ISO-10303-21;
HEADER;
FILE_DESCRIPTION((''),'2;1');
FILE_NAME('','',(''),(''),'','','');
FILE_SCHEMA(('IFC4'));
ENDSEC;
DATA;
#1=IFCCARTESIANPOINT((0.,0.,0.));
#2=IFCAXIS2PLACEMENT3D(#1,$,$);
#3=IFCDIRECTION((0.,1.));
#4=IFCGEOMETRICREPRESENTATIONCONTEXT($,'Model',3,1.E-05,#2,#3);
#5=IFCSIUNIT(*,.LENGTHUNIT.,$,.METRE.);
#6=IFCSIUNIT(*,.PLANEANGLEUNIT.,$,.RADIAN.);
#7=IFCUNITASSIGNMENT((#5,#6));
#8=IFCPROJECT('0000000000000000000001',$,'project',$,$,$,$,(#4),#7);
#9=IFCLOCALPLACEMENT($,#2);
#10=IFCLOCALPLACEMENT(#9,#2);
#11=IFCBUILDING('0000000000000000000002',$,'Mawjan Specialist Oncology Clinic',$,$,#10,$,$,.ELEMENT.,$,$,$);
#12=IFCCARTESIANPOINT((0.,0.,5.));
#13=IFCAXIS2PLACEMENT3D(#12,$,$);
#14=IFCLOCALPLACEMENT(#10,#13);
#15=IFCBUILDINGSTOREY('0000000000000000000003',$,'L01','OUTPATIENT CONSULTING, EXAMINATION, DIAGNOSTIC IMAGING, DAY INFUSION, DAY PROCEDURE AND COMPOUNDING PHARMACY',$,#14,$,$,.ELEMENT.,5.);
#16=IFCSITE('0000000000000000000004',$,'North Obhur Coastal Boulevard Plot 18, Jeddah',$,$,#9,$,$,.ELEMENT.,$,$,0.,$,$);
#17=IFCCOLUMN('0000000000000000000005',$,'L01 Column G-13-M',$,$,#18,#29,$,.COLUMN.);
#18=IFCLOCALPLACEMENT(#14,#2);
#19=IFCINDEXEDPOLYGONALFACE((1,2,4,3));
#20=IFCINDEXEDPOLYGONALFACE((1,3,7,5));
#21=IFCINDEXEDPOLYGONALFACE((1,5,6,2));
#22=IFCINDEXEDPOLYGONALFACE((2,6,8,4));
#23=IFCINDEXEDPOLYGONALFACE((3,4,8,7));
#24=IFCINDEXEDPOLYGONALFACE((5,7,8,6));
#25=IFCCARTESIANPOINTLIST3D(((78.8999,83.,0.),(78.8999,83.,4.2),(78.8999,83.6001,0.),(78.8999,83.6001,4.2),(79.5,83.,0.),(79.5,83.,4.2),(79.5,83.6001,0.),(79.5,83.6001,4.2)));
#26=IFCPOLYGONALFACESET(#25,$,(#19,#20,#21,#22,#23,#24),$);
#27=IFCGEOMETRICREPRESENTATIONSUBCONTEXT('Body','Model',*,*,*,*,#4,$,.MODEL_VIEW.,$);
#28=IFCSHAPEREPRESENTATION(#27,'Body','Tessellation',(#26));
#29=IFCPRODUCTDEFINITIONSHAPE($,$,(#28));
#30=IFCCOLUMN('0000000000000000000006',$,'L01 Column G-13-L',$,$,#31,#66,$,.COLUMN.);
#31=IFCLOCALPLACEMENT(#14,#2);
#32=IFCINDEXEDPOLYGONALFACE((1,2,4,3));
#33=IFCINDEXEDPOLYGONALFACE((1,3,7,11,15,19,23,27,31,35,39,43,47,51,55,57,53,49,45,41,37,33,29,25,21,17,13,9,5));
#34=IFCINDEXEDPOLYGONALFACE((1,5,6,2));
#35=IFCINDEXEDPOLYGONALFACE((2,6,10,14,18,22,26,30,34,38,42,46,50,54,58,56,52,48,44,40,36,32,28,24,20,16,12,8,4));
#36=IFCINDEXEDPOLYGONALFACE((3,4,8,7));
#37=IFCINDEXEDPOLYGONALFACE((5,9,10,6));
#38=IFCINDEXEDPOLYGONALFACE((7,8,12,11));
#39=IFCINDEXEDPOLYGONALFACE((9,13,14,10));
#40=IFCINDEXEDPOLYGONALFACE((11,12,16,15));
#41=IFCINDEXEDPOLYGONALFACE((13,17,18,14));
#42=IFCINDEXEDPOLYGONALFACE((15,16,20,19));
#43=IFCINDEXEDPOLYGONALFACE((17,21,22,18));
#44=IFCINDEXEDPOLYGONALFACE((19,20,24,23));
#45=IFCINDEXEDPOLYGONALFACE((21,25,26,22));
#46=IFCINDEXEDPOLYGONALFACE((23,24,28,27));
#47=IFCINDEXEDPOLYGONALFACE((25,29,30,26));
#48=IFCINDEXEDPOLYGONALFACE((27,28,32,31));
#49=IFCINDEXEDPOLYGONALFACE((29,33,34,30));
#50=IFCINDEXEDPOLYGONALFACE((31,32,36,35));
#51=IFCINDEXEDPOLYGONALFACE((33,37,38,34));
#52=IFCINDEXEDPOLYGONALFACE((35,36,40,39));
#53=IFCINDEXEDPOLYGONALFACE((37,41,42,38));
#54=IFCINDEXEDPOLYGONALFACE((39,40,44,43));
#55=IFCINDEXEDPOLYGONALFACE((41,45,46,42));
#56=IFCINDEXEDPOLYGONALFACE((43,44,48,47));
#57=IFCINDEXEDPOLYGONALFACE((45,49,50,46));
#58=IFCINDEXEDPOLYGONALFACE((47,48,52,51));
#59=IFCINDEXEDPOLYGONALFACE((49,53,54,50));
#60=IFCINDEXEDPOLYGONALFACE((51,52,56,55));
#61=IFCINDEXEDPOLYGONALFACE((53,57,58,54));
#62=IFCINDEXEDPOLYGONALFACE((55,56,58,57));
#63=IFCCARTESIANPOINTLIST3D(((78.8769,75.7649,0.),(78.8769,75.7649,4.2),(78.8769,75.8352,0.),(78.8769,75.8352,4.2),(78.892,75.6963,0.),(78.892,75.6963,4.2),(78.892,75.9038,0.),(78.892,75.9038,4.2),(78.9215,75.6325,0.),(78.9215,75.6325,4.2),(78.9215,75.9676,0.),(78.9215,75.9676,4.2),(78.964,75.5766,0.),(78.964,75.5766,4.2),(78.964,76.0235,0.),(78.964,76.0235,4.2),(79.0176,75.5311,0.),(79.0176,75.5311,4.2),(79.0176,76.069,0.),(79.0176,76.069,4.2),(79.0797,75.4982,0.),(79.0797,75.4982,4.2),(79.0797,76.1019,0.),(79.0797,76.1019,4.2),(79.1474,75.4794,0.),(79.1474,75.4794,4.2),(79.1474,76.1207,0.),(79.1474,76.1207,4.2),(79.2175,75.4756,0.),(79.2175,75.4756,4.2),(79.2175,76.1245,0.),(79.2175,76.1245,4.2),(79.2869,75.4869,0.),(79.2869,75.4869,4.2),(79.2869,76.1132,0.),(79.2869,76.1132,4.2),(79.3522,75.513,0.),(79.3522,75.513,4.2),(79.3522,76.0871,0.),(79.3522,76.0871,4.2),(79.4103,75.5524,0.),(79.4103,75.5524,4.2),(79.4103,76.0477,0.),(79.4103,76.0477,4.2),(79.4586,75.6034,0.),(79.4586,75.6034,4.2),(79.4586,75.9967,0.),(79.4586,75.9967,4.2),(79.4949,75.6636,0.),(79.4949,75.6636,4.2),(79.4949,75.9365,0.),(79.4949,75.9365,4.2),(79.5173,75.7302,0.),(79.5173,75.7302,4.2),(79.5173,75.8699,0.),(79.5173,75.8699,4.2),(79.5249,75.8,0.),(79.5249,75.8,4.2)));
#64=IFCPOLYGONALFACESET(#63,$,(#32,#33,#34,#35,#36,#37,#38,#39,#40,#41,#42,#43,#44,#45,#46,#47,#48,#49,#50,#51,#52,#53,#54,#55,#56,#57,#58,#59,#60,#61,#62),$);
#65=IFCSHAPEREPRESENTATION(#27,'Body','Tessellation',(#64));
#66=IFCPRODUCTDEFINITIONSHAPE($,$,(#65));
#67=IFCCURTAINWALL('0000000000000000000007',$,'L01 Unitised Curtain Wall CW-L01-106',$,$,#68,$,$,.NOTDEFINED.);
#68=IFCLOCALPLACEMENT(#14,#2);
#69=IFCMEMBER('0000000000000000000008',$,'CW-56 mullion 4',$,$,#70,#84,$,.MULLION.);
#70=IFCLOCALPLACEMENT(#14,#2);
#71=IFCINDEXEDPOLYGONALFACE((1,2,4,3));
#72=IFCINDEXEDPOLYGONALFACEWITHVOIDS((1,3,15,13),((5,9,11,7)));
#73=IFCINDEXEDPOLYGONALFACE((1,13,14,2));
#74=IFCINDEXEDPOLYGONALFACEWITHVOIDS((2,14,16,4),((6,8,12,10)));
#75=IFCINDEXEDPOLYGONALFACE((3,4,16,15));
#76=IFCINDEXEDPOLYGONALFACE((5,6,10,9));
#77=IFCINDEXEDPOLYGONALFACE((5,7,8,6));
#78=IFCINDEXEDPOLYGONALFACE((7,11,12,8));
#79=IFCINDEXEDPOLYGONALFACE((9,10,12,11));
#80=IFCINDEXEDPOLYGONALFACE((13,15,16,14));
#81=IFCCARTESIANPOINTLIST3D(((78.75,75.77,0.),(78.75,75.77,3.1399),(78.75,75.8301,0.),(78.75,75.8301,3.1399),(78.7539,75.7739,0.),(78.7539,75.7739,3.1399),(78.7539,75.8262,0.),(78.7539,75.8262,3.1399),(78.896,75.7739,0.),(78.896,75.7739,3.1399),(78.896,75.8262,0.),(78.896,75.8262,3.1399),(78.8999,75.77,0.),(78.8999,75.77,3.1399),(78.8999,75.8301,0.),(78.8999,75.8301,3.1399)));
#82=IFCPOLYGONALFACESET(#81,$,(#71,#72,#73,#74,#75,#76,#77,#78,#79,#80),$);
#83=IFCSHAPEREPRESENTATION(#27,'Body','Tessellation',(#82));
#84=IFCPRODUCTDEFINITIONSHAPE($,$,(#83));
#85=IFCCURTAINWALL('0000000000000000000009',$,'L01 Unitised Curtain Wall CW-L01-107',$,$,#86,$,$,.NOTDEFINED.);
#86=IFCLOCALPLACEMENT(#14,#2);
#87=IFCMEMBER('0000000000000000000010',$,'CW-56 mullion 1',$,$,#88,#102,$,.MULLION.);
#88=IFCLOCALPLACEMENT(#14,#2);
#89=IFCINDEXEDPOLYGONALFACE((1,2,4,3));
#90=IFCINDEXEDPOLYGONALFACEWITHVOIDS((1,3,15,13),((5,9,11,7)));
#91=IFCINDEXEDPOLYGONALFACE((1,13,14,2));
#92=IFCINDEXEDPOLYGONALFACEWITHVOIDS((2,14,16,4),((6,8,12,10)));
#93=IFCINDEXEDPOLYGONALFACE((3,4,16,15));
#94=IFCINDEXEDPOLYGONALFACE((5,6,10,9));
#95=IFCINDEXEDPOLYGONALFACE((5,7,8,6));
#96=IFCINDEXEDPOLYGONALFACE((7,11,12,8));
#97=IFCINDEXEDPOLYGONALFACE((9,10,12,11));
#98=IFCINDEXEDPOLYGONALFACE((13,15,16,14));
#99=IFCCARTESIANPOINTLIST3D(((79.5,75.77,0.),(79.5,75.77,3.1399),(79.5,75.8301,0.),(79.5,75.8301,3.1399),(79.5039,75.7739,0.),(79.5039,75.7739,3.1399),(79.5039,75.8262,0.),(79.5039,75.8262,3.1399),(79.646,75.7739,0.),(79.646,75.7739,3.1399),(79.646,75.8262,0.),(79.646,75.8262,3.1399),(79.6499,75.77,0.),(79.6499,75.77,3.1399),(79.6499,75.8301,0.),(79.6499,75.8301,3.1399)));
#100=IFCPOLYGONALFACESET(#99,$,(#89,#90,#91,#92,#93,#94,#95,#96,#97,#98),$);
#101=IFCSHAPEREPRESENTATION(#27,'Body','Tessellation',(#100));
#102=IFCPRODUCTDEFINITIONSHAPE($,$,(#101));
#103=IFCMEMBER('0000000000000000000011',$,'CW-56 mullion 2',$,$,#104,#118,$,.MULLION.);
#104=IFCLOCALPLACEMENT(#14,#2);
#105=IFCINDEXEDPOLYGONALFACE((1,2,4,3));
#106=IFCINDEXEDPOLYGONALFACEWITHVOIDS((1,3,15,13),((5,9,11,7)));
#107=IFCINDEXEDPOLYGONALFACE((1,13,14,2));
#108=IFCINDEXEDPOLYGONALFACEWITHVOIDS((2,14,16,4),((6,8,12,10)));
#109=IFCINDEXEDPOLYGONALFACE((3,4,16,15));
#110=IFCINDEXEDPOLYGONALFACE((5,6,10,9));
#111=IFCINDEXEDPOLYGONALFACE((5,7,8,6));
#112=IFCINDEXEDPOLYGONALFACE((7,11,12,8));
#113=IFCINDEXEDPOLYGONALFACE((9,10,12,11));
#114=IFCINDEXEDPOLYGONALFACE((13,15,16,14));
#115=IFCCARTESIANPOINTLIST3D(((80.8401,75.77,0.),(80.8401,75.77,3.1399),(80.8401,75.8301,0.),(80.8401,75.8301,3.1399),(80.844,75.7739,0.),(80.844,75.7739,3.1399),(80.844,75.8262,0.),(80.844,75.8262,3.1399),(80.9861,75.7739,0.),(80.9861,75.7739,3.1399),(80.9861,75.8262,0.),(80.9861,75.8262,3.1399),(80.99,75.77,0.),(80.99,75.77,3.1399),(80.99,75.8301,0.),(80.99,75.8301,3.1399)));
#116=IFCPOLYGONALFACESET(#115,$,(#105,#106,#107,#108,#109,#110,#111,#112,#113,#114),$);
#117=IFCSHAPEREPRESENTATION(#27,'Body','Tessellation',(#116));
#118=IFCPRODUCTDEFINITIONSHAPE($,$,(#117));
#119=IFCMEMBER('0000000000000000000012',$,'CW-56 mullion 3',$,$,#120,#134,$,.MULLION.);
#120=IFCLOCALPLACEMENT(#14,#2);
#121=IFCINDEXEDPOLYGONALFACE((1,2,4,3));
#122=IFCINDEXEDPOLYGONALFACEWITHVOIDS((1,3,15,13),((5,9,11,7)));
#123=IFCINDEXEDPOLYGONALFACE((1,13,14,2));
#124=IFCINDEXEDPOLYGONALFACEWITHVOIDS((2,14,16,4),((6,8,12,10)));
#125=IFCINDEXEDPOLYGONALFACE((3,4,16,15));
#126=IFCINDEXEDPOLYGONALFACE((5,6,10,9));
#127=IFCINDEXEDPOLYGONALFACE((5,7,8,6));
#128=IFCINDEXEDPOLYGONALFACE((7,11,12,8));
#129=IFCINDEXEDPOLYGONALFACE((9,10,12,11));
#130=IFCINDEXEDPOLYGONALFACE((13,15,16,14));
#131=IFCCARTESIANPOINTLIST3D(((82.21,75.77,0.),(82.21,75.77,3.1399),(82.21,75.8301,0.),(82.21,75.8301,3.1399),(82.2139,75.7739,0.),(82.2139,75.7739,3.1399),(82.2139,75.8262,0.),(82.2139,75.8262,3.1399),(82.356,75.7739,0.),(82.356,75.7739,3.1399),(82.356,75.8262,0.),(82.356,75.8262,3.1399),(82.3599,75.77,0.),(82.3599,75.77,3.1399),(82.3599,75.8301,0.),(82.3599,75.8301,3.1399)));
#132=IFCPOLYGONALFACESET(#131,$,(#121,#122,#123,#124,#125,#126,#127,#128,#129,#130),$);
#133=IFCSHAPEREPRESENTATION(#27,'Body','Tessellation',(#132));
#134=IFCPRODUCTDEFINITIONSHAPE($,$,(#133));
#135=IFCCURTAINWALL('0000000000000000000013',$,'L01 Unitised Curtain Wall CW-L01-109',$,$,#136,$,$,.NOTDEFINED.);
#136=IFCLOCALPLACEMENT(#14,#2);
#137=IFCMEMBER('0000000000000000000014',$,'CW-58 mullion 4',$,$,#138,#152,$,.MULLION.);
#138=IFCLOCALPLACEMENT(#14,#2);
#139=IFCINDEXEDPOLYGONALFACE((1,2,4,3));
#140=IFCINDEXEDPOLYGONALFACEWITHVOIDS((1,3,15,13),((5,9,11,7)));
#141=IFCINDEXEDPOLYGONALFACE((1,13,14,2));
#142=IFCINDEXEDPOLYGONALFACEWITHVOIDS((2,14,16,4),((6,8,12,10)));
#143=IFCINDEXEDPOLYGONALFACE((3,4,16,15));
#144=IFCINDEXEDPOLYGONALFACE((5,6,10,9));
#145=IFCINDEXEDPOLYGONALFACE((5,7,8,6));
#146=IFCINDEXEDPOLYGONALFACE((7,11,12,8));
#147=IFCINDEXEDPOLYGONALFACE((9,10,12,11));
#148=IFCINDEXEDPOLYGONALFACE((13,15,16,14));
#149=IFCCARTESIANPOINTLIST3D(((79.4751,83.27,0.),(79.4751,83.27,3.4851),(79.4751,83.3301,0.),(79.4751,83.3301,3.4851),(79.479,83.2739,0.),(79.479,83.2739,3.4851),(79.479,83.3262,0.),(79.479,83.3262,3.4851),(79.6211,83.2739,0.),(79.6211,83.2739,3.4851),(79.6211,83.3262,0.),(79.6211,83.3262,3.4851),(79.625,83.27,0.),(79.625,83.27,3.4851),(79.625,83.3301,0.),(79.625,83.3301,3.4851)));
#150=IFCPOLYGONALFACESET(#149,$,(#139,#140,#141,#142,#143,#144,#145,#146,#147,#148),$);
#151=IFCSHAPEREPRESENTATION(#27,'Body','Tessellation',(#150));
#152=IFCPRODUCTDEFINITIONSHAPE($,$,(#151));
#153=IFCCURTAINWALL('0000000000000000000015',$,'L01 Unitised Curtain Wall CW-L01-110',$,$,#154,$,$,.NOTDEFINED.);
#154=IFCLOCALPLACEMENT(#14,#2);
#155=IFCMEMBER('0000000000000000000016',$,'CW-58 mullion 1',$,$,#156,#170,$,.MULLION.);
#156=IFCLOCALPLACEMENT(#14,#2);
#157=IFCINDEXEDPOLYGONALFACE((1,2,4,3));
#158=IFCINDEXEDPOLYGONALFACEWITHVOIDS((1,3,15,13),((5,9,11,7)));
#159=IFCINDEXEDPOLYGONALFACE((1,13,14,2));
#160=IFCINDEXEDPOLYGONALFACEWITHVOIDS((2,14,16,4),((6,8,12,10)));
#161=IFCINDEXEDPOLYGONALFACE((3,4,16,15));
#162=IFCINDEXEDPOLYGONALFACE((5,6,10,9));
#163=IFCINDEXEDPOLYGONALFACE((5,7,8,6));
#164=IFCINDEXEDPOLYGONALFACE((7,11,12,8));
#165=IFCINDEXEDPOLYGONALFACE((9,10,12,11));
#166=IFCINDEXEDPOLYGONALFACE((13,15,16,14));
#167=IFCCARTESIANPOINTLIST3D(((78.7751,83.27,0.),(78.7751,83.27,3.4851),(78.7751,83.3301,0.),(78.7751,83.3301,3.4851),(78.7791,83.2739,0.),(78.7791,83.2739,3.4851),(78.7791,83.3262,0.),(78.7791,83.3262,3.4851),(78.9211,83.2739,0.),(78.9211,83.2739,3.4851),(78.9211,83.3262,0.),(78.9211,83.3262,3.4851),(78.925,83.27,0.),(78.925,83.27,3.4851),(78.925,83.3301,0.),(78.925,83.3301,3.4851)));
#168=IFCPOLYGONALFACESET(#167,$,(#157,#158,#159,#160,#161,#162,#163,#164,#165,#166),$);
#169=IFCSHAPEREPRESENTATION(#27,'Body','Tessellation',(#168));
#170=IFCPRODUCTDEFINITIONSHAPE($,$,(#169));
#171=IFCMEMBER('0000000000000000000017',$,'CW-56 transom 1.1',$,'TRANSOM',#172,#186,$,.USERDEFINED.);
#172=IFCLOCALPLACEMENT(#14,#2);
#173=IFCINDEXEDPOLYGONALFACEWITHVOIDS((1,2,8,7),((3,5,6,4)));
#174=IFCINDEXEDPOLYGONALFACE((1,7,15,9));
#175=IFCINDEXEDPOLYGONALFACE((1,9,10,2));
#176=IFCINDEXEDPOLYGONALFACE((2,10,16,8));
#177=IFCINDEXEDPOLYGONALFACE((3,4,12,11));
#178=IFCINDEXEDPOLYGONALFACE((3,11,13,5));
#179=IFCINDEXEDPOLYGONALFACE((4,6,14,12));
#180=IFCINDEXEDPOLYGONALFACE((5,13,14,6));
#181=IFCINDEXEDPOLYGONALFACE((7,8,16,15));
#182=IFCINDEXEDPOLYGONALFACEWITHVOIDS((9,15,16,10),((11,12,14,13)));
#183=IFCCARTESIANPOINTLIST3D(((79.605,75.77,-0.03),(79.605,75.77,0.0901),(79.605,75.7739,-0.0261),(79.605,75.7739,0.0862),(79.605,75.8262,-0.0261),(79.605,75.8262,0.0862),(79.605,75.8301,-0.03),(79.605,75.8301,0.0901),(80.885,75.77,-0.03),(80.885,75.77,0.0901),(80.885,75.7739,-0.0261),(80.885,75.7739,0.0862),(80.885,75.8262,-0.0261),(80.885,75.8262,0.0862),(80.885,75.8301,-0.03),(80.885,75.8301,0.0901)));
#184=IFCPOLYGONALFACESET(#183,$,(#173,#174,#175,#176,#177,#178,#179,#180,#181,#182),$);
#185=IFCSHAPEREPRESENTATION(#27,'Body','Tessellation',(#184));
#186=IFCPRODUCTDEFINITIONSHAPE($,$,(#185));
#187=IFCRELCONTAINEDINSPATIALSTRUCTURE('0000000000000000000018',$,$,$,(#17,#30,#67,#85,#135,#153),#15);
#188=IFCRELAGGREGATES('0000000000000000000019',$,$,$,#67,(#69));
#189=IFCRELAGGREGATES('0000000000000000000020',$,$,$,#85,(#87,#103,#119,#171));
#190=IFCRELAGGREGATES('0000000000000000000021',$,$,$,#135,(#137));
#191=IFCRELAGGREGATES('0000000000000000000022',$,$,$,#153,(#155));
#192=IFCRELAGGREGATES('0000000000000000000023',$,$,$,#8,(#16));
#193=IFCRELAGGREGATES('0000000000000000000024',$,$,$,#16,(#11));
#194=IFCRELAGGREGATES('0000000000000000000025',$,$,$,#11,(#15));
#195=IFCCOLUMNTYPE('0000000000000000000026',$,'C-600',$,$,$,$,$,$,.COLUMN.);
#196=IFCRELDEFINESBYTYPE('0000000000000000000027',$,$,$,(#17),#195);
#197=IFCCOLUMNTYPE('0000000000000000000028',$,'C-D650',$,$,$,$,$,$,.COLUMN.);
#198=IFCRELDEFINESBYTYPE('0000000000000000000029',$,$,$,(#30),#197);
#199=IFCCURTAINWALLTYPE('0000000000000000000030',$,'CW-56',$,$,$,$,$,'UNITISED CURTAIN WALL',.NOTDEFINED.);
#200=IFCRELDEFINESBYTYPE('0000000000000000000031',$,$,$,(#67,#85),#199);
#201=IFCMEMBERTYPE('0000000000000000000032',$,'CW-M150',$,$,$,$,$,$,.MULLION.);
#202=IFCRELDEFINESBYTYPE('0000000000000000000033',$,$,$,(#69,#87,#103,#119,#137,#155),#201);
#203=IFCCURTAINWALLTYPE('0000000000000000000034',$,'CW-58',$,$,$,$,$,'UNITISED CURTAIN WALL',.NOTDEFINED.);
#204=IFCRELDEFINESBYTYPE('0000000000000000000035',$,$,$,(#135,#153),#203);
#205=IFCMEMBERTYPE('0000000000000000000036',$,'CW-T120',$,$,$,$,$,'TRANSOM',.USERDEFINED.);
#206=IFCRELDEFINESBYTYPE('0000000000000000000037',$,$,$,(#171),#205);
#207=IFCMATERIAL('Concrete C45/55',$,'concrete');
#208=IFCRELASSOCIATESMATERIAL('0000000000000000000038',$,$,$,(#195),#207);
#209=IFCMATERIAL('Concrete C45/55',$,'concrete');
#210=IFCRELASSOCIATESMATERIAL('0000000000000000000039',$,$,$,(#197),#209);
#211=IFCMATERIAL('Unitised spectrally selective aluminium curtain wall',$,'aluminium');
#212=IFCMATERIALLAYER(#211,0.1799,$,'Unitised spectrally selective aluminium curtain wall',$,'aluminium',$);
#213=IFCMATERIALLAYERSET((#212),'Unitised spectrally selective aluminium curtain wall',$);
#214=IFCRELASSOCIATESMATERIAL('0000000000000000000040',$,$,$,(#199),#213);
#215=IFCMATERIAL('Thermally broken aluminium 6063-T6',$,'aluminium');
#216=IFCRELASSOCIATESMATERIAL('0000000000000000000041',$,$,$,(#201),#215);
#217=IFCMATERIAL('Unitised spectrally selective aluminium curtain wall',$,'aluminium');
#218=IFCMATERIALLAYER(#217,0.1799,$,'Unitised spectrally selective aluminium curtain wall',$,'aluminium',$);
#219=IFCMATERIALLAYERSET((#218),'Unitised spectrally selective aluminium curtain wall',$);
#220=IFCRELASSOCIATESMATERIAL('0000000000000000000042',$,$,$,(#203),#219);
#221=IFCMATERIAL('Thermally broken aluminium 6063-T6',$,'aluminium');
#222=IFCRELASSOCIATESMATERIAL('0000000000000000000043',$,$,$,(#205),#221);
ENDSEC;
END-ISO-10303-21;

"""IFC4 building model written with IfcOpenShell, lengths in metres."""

from ifc_helpers import new_model, si_unit, direction, frame, origin, origin_2d, place, context, subcontext, project, spatial, rectangle, hollow_rectangle, circle, extrude, material, layer, layer_set, material_profile, profile_set, type_object, element, aggregate, save


model = new_model("IFC4")

# Units and contexts
model_context = context("Model", 3, precision=1e-05, world=origin(), true_north=direction((0.0, 1.0)))
body_context = subcontext(model_context, "Body", "Model", "MODEL_VIEW")
ifc_project = project(units=[si_unit("LENGTHUNIT", "METRE"), si_unit("PLANEANGLEUNIT", "RADIAN")], contexts=[model_context])

# Site, building, storey
site_placement = place(None, origin())
site = spatial("IfcSite", under=ifc_project, at=site_placement, Name="North Obhur Coastal Boulevard Plot 18, Jeddah", CompositionType="ELEMENT", RefElevation=0.0)
building_placement = place(site_placement, origin())
building = spatial("IfcBuilding", under=site, at=building_placement, Name="Mawjan Specialist Oncology Clinic", CompositionType="ELEMENT")
storey_placement = place(building_placement, frame((0.0, 0.0, 5.0)))
storey = spatial("IfcBuildingStorey", under=building, at=storey_placement, Name="L01", Description="OUTPATIENT CONSULTING, EXAMINATION, DIAGNOSTIC IMAGING, DAY INFUSION, DAY PROCEDURE AND COMPOUNDING PHARMACY", CompositionType="ELEMENT", Elevation=5.0)

# Columns
ifc_material_1 = material(Name="Concrete C45/55", Category="concrete")
ifc_material_profile_1 = material_profile(ifc_material_1, rectangle(XDim=0.6001, YDim=0.6001, at=origin_2d()), Name="RC COL 600x600", Category="concrete")
ifc_profile_set_1 = profile_set([ifc_material_profile_1], Name="Concrete C45/55")
column_type_1 = type_object("IfcColumnType", Name="C-600", PredefinedType="COLUMN", material=ifc_profile_set_1)
column_1_placement = place(storey_placement, frame((79.2, 83.3, 0.0), z_axis=(0.0, 0.0, 1.0), x_axis=(1.0, 0.0, 0.0)))
element("IfcColumn", 1, at=column_1_placement, inside=storey, type_object=column_type_1, Name="L01 Column G-13-M", PredefinedType="COLUMN", context=body_context, shape_type="SweptSolid", body=[
    extrude(rectangle(XDim=0.6001, YDim=0.6001, at=origin_2d()), origin(), (0.0, 0.0, 1.0), 4.2),
])
ifc_material_2 = material(Name="Concrete C45/55", Category="concrete")
ifc_material_profile_2 = material_profile(ifc_material_2, circle(Radius=0.325, at=origin_2d()), Name="RC COL D650", Category="concrete")
ifc_profile_set_2 = profile_set([ifc_material_profile_2], Name="Concrete C45/55")
column_type_2 = type_object("IfcColumnType", Name="C-D650", PredefinedType="COLUMN", material=ifc_profile_set_2)
column_2_placement = place(storey_placement, frame((79.2, 75.8, 0.0), z_axis=(0.0, 0.0, 1.0), x_axis=(1.0, 0.0, 0.0)))
element("IfcColumn", 2, at=column_2_placement, inside=storey, type_object=column_type_2, Name="L01 Column G-13-L", PredefinedType="COLUMN", context=body_context, shape_type="SweptSolid", body=[
    extrude(circle(Radius=0.325, at=origin_2d()), origin(), (0.0, 0.0, 1.0), 4.2),
])

# Curtain wall, member
ifc_material_3 = material(Name="Unitised spectrally selective aluminium curtain wall", Category="aluminium")
ifc_layer_1 = layer(ifc_material_3, 0.1799, Name="Unitised spectrally selective aluminium curtain wall", Category="aluminium")
ifc_layer_set_1 = layer_set([ifc_layer_1], Name="Unitised spectrally selective aluminium curtain wall")
curtain_wall_type_1 = type_object("IfcCurtainWallType", Name="CW-56", ElementType="UNITISED CURTAIN WALL", PredefinedType="NOTDEFINED", material=ifc_layer_set_1)
curtain_wall_1_placement = place(storey_placement, origin())
curtain_wall_1 = element("IfcCurtainWall", 3, at=curtain_wall_1_placement, inside=storey, type_object=curtain_wall_type_1, Name="L01 Unitised Curtain Wall CW-L01-106", PredefinedType="NOTDEFINED")
ifc_material_4 = material(Name="Thermally broken aluminium 6063-T6", Category="aluminium")
ifc_material_profile_3 = material_profile(ifc_material_4, hollow_rectangle(XDim=0.0601, YDim=0.1499, WallThickness=0.0039, at=origin_2d()), Name="ALU MULLION 150x60x4", Category="aluminium")
ifc_profile_set_3 = profile_set([ifc_material_profile_3], Name="Thermally broken aluminium 6063-T6")
member_type_1 = type_object("IfcMemberType", Name="CW-M150", PredefinedType="MULLION", material=ifc_profile_set_3)
member_1_placement = place(storey_placement, frame((78.825, 75.8, 0.0), z_axis=(0.0, 0.0, 1.0), x_axis=(0.0, 1.0, 0.0)))
member_1 = element("IfcMember", 4, at=member_1_placement, type_object=member_type_1, Name="CW-56 mullion 4", PredefinedType="MULLION", context=body_context, shape_type="SweptSolid", body=[
    extrude(hollow_rectangle(XDim=0.0601, YDim=0.1499, WallThickness=0.0039, at=origin_2d()), origin(), (0.0, 0.0, 1.0), 3.1399),
])

# Curtain wall, members
curtain_wall_2_placement = place(storey_placement, origin())
curtain_wall_2 = element("IfcCurtainWall", 5, at=curtain_wall_2_placement, inside=storey, type_object=curtain_wall_type_1, Name="L01 Unitised Curtain Wall CW-L01-107", PredefinedType="NOTDEFINED")
member_2_placement = place(storey_placement, frame((79.575, 75.8, 0.0), z_axis=(0.0, 0.0, 1.0), x_axis=(0.0, 1.0, 0.0)))
member_2 = element("IfcMember", 6, at=member_2_placement, type_object=member_type_1, Name="CW-56 mullion 1", PredefinedType="MULLION", context=body_context, shape_type="SweptSolid", body=[
    extrude(hollow_rectangle(XDim=0.0601, YDim=0.1499, WallThickness=0.0039, at=origin_2d()), origin(), (0.0, 0.0, 1.0), 3.1399),
])
member_3_placement = place(storey_placement, frame((80.915, 75.8, 0.0), z_axis=(0.0, 0.0, 1.0), x_axis=(0.0, 1.0, 0.0)))
member_3 = element("IfcMember", 7, at=member_3_placement, type_object=member_type_1, Name="CW-56 mullion 2", PredefinedType="MULLION", context=body_context, shape_type="SweptSolid", body=[
    extrude(hollow_rectangle(XDim=0.0601, YDim=0.1499, WallThickness=0.0039, at=origin_2d()), origin(), (0.0, 0.0, 1.0), 3.1399),
])
member_4_placement = place(storey_placement, frame((82.2849, 75.8, 0.0), z_axis=(0.0, 0.0, 1.0), x_axis=(0.0, 1.0, 0.0)))
member_4 = element("IfcMember", 8, at=member_4_placement, type_object=member_type_1, Name="CW-56 mullion 3", PredefinedType="MULLION", context=body_context, shape_type="SweptSolid", body=[
    extrude(hollow_rectangle(XDim=0.0601, YDim=0.1499, WallThickness=0.0039, at=origin_2d()), origin(), (0.0, 0.0, 1.0), 3.1399),
])

# Curtain walls, members
ifc_material_5 = material(Name="Unitised spectrally selective aluminium curtain wall", Category="aluminium")
ifc_layer_2 = layer(ifc_material_5, 0.1799, Name="Unitised spectrally selective aluminium curtain wall", Category="aluminium")
ifc_layer_set_2 = layer_set([ifc_layer_2], Name="Unitised spectrally selective aluminium curtain wall")
curtain_wall_type_2 = type_object("IfcCurtainWallType", Name="CW-58", ElementType="UNITISED CURTAIN WALL", PredefinedType="NOTDEFINED", material=ifc_layer_set_2)
curtain_wall_3_placement = place(storey_placement, origin())
curtain_wall_3 = element("IfcCurtainWall", 9, at=curtain_wall_3_placement, inside=storey, type_object=curtain_wall_type_2, Name="L01 Unitised Curtain Wall CW-L01-109", PredefinedType="NOTDEFINED")
member_5_placement = place(storey_placement, frame((79.55, 83.3, 0.0), z_axis=(0.0, 0.0, 1.0), x_axis=(0.0, -1.0, 0.0)))
member_5 = element("IfcMember", 10, at=member_5_placement, type_object=member_type_1, Name="CW-58 mullion 4", PredefinedType="MULLION", context=body_context, shape_type="SweptSolid", body=[
    extrude(hollow_rectangle(XDim=0.0601, YDim=0.1499, WallThickness=0.0039, at=origin_2d()), origin(), (0.0, 0.0, 1.0), 3.4851),
])
curtain_wall_4_placement = place(storey_placement, origin())
curtain_wall_4 = element("IfcCurtainWall", 11, at=curtain_wall_4_placement, inside=storey, type_object=curtain_wall_type_2, Name="L01 Unitised Curtain Wall CW-L01-110", PredefinedType="NOTDEFINED")
member_6_placement = place(storey_placement, frame((78.8501, 83.3, 0.0), z_axis=(0.0, 0.0, 1.0), x_axis=(0.0, -1.0, 0.0)))
member_6 = element("IfcMember", 12, at=member_6_placement, type_object=member_type_1, Name="CW-58 mullion 1", PredefinedType="MULLION", context=body_context, shape_type="SweptSolid", body=[
    extrude(hollow_rectangle(XDim=0.0601, YDim=0.1499, WallThickness=0.0039, at=origin_2d()), origin(), (0.0, 0.0, 1.0), 3.4851),
])

# Member
ifc_material_6 = material(Name="Thermally broken aluminium 6063-T6", Category="aluminium")
ifc_material_profile_4 = material_profile(ifc_material_6, hollow_rectangle(XDim=0.0601, YDim=0.1201, WallThickness=0.0039, at=origin_2d()), Name="ALU TRANSOM 120x60x4", Category="aluminium")
ifc_profile_set_4 = profile_set([ifc_material_profile_4], Name="Thermally broken aluminium 6063-T6")
member_type_2 = type_object("IfcMemberType", Name="CW-T120", ElementType="TRANSOM", PredefinedType="USERDEFINED", material=ifc_profile_set_4)
member_7_placement = place(storey_placement, frame((79.605, 75.8, 0.03), z_axis=(1.0, 0.0, 0.0), x_axis=(0.0, 1.0, 0.0)))
member_7 = element("IfcMember", 13, at=member_7_placement, type_object=member_type_2, Name="CW-56 transom 1.1", ObjectType="TRANSOM", PredefinedType="USERDEFINED", context=body_context, shape_type="SweptSolid", body=[
    extrude(hollow_rectangle(XDim=0.0601, YDim=0.1201, WallThickness=0.0039, at=origin_2d()), origin(), (0.0, 0.0, 1.0), 1.28),
])

aggregate(curtain_wall_1, [member_1])
aggregate(curtain_wall_2, [member_2, member_3, member_4, member_7])
aggregate(curtain_wall_3, [member_5])
aggregate(curtain_wall_4, [member_6])

save(model, "model.ifc")
